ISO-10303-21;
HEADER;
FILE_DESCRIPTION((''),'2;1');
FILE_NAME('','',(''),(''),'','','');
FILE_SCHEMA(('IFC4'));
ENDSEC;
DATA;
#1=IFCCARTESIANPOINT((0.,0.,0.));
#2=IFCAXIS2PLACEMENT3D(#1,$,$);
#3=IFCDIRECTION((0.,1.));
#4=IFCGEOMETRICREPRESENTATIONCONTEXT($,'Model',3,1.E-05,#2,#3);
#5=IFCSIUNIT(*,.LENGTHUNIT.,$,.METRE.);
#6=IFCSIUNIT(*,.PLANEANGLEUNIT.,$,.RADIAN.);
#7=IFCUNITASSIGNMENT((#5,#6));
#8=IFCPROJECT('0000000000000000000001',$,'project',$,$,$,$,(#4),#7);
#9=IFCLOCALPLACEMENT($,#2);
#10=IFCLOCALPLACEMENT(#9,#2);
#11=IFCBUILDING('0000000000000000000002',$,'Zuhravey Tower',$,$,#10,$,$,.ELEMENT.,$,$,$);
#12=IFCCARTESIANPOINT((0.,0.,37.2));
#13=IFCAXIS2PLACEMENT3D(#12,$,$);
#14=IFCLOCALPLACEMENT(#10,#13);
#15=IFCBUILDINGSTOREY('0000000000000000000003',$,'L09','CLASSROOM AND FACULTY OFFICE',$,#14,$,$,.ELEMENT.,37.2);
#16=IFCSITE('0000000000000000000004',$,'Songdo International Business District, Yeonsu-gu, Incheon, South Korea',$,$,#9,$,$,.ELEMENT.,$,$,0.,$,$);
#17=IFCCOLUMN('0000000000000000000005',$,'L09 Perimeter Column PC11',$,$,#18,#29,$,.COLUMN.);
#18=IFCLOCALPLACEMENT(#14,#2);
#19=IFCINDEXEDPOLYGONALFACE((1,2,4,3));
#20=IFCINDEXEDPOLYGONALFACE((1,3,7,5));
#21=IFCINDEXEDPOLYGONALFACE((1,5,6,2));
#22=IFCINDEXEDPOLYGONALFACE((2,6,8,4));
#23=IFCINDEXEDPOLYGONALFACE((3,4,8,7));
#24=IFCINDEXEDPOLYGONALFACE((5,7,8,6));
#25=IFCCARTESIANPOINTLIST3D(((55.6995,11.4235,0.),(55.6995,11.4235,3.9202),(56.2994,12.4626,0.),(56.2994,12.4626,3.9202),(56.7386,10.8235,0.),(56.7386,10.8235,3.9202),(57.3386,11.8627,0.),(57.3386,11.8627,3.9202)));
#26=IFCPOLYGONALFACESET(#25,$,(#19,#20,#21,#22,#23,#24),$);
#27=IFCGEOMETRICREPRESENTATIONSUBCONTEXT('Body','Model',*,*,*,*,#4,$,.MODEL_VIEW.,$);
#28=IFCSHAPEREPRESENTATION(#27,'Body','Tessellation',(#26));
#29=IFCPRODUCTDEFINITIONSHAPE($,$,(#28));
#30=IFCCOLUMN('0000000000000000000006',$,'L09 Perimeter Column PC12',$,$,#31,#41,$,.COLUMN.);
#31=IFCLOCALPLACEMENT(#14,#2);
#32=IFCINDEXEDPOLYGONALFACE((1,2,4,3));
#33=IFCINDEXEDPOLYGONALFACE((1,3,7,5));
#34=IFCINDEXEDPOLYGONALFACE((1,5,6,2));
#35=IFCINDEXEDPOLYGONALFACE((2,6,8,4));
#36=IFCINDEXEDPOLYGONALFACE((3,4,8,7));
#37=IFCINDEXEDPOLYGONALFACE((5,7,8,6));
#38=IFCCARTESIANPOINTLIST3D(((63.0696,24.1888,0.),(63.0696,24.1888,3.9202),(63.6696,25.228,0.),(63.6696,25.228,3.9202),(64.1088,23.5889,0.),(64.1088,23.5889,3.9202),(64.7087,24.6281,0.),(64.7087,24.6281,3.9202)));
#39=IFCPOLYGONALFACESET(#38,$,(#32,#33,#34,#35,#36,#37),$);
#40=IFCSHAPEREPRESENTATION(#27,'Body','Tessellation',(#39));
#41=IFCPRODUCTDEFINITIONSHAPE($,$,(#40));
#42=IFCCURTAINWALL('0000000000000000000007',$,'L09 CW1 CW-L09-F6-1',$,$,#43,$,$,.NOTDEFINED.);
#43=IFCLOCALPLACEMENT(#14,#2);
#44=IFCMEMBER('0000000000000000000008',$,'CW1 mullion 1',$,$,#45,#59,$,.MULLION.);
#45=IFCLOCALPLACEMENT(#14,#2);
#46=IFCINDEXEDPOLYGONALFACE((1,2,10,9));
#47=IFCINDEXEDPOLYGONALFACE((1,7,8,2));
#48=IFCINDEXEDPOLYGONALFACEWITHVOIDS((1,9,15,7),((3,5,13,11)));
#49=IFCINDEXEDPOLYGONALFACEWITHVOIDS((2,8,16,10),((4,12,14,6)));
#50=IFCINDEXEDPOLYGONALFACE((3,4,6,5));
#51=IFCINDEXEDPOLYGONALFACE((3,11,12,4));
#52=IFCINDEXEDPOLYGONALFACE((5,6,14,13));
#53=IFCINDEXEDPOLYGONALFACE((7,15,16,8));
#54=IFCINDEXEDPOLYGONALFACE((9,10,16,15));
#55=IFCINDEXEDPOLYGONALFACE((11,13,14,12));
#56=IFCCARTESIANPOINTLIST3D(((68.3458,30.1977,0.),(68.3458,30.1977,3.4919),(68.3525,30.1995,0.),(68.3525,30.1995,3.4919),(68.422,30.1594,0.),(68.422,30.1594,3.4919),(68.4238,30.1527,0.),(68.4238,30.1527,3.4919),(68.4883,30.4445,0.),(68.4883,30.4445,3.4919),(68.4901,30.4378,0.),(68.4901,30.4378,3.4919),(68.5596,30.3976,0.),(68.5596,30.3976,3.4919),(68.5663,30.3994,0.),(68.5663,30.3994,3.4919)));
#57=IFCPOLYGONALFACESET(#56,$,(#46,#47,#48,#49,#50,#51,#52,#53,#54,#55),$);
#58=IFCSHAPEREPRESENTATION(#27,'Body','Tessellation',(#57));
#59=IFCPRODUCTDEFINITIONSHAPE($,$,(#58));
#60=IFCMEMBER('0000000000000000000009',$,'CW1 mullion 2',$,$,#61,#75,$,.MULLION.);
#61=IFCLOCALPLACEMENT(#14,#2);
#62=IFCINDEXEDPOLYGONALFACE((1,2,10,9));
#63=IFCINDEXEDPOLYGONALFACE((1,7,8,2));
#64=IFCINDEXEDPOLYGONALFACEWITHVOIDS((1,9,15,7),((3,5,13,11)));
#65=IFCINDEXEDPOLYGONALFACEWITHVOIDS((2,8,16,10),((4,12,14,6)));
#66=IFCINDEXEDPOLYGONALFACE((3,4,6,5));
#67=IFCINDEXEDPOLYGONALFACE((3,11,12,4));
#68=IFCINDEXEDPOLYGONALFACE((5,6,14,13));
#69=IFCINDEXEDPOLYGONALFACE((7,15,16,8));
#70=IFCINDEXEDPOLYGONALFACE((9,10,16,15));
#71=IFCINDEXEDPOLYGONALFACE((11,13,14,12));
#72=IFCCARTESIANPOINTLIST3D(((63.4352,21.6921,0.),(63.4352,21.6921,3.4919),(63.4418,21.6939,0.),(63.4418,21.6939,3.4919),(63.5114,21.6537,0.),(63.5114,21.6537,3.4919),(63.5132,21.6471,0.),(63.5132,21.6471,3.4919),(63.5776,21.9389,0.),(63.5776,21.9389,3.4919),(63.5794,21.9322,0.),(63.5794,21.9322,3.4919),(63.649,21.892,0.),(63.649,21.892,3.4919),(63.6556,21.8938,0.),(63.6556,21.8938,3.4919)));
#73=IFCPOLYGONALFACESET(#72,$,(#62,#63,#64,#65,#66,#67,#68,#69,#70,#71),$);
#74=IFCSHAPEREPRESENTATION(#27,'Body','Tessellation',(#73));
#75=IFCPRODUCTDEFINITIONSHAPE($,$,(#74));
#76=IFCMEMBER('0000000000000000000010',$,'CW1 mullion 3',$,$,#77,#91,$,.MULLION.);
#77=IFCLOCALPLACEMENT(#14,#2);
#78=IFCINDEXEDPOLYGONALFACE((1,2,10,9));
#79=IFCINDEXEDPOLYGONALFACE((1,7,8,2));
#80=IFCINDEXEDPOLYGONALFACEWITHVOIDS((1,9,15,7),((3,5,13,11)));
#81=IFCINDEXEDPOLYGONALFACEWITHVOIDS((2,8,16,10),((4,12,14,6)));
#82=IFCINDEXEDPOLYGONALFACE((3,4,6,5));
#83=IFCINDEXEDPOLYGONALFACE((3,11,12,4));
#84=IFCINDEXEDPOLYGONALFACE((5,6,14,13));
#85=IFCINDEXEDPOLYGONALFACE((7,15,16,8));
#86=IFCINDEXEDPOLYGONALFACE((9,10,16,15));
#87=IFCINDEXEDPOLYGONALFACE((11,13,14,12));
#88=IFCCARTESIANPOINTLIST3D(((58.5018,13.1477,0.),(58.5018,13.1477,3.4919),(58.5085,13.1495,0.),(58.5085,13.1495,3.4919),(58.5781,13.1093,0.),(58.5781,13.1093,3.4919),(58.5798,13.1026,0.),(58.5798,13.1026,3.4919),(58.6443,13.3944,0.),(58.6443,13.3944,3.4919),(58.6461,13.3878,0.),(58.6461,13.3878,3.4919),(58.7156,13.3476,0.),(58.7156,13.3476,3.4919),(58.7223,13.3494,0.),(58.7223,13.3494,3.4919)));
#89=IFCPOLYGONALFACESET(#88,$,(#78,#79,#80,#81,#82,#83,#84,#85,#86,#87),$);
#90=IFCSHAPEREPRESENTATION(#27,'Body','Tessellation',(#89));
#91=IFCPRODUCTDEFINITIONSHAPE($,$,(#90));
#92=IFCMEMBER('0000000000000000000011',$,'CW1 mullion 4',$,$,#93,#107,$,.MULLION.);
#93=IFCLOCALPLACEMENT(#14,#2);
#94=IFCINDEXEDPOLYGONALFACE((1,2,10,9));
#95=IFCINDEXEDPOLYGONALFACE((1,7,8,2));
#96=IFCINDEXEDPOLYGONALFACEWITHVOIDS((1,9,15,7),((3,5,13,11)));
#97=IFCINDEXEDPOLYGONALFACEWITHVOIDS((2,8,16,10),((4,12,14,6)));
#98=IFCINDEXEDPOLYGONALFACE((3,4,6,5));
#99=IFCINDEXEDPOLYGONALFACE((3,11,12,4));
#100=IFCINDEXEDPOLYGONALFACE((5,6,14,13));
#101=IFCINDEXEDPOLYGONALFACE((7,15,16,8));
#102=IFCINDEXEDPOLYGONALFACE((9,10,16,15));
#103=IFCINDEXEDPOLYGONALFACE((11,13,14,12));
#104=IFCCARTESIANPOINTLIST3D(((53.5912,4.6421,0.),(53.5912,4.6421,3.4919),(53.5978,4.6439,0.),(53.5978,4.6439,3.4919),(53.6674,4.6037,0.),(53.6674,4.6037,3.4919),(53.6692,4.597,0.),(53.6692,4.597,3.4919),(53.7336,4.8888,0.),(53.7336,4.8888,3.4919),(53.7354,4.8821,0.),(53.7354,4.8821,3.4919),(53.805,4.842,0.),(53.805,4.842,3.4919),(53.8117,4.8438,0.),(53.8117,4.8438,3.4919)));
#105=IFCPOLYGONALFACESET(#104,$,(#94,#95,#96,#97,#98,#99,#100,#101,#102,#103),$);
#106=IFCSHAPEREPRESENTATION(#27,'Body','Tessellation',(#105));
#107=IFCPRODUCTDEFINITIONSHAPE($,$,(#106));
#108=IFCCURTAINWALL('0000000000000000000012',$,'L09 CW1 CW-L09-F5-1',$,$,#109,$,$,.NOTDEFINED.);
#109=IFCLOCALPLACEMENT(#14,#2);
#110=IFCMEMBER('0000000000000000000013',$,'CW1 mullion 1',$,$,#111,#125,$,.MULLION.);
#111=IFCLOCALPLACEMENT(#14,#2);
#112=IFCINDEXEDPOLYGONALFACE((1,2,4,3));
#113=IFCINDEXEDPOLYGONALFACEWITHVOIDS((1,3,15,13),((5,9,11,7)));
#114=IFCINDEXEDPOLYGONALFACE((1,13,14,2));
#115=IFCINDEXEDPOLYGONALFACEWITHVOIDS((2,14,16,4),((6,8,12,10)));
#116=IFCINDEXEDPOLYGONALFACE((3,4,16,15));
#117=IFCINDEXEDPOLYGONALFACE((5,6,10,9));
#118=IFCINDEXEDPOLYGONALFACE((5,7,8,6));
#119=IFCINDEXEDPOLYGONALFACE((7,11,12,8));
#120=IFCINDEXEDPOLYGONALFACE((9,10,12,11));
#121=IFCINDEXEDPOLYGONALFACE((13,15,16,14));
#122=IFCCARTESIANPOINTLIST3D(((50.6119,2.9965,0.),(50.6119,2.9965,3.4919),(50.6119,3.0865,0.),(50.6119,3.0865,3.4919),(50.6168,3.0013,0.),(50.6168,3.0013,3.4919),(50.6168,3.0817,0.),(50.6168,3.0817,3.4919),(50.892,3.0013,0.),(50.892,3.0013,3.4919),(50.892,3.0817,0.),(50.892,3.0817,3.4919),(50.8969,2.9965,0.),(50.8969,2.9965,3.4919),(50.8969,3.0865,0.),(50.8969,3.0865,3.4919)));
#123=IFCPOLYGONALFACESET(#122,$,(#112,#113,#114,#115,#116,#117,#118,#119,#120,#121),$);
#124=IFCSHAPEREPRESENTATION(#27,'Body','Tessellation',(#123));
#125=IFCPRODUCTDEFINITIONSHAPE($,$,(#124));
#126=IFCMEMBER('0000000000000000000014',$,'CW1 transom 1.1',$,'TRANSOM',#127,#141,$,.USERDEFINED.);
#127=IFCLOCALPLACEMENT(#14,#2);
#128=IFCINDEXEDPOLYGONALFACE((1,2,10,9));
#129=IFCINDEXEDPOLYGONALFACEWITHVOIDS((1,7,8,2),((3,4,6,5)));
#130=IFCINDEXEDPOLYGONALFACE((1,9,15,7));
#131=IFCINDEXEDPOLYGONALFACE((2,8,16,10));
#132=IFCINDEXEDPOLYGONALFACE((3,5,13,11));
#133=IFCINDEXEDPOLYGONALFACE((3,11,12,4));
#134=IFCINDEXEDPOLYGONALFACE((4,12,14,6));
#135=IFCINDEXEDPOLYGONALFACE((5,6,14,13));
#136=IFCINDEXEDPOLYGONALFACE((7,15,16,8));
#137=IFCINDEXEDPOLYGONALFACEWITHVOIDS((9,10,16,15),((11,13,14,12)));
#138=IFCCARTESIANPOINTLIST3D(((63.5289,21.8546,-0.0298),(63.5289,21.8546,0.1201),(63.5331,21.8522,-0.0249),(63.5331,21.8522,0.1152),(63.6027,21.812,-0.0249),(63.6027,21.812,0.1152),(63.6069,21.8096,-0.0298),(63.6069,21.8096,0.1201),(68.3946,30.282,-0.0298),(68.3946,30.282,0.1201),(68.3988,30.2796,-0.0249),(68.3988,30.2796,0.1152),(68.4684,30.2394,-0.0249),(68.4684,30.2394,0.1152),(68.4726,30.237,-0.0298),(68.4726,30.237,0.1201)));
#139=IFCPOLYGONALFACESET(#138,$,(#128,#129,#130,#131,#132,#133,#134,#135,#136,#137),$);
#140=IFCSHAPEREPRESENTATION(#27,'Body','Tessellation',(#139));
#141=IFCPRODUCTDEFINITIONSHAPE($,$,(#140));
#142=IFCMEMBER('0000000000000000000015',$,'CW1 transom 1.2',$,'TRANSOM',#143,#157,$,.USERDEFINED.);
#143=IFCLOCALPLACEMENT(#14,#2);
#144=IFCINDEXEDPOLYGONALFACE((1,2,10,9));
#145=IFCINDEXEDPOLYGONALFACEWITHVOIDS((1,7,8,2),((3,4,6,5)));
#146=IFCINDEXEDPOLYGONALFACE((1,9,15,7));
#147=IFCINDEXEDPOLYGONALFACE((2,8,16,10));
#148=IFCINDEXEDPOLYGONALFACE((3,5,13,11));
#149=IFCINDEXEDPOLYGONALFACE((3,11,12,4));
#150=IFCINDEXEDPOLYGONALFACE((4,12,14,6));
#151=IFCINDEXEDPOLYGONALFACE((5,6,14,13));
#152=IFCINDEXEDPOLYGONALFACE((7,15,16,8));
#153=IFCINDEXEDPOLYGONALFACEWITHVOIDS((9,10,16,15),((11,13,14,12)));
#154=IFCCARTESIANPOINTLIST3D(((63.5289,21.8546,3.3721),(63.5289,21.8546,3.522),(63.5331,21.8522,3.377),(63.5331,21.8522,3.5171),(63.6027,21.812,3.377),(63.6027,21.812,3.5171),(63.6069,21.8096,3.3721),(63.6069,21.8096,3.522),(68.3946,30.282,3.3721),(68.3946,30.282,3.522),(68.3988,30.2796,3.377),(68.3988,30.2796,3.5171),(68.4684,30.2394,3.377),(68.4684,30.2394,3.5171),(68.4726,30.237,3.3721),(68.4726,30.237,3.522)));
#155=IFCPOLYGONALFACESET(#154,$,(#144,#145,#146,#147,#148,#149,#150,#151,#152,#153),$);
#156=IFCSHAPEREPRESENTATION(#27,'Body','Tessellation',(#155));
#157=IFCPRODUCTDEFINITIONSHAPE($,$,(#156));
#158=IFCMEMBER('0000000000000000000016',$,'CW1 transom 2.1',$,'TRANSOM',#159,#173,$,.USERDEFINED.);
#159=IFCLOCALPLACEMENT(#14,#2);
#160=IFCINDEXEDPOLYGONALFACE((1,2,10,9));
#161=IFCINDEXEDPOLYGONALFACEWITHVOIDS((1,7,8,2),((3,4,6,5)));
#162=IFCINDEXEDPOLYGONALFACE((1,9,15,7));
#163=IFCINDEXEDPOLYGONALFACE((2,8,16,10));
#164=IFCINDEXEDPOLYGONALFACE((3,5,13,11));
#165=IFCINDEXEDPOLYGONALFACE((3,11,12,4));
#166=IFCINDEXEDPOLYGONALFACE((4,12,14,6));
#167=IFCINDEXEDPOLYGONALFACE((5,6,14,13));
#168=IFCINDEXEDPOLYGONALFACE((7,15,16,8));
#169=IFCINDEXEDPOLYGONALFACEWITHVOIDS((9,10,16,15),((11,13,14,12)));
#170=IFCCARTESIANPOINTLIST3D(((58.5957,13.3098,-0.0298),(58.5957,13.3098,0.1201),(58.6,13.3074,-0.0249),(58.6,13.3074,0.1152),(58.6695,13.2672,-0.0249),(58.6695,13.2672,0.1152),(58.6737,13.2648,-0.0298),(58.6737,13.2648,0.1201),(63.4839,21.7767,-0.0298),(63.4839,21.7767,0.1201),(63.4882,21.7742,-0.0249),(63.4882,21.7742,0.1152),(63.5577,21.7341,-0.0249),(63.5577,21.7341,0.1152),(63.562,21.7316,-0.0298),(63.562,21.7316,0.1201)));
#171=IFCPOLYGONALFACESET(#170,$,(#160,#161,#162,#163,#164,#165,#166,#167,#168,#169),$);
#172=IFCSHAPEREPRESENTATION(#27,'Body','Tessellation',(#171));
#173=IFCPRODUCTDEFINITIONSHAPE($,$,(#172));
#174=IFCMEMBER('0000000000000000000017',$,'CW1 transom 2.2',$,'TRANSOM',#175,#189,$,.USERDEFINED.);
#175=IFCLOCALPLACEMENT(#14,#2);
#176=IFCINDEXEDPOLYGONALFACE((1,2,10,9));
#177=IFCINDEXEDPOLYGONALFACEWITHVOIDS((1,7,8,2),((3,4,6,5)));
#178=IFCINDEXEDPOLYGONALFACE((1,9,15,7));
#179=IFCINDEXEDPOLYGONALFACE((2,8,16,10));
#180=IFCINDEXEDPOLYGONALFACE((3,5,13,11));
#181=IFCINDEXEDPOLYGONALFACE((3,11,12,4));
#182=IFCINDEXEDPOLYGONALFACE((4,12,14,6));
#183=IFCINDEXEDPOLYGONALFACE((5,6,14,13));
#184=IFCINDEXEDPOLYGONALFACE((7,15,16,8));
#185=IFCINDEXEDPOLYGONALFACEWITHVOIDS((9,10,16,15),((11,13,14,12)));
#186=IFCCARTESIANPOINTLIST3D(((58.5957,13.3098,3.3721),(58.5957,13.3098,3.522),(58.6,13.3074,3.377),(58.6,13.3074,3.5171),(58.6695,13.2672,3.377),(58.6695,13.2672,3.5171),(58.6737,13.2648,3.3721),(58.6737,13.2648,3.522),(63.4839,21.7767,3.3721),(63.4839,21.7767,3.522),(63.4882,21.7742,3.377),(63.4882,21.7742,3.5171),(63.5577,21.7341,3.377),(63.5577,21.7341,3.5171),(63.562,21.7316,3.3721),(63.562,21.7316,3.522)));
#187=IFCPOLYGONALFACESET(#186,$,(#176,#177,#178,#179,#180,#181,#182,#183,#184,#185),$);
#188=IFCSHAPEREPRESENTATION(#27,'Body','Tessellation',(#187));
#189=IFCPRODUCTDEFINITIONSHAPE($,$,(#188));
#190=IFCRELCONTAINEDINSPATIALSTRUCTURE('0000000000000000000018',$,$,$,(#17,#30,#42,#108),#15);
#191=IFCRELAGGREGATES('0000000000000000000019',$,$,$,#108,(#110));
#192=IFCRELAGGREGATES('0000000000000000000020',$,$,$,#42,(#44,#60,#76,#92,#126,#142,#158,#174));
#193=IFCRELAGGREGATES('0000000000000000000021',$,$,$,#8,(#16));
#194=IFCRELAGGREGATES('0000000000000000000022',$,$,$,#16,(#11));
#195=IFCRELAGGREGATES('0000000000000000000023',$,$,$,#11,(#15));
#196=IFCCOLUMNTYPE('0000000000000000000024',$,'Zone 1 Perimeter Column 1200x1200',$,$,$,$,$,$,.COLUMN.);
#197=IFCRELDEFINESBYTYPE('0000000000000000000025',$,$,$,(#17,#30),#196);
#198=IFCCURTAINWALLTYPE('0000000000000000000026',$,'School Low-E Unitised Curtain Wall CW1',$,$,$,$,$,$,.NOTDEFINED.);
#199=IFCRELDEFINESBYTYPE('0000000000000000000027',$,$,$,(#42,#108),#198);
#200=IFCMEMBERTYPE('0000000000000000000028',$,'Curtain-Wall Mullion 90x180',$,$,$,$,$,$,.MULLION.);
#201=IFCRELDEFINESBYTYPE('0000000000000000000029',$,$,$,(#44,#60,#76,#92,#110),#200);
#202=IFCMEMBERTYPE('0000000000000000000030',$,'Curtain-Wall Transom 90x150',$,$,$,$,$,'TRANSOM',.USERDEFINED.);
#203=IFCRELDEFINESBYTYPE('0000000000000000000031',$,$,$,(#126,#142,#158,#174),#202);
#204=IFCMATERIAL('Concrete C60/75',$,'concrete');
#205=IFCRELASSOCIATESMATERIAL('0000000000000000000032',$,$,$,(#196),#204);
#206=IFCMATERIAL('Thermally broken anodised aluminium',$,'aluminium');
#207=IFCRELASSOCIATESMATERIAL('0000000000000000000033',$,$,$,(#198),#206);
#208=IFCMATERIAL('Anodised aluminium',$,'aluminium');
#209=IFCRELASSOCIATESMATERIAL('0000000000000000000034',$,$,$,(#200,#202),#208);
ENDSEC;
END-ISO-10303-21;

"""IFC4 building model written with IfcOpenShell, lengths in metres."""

from ifc_helpers import new_model, si_unit, direction, frame, origin, origin_2d, place, context, subcontext, project, spatial, rectangle, hollow_rectangle, extrude, material, material_profile, profile_set, type_object, element, aggregate, save


model = new_model("IFC4")

# Units and contexts
model_context = context("Model", 3, precision=1e-05, world=origin(), true_north=direction((0.0, 1.0)))
body_context = subcontext(model_context, "Body", "Model", "MODEL_VIEW")
ifc_project = project(units=[si_unit("LENGTHUNIT", "METRE"), si_unit("PLANEANGLEUNIT", "RADIAN")], contexts=[model_context])

# Site, building, storey
site_placement = place(None, origin())
site = spatial("IfcSite", under=ifc_project, at=site_placement, Name="Songdo International Business District, Yeonsu-gu, Incheon, South Korea", CompositionType="ELEMENT", RefElevation=0.0)
building_placement = place(site_placement, origin())
building = spatial("IfcBuilding", under=site, at=building_placement, Name="Zuhravey Tower", CompositionType="ELEMENT")
storey_placement = place(building_placement, frame((0.0, 0.0, 37.2)))
storey = spatial("IfcBuildingStorey", under=building, at=storey_placement, Name="L09", Description="CLASSROOM AND FACULTY OFFICE", CompositionType="ELEMENT", Elevation=37.2)

# Columns
ifc_material_1 = material(Name="Concrete C60/75", Category="concrete")
ifc_material_profile_1 = material_profile(ifc_material_1, rectangle(XDim=1.2, YDim=1.2, at=origin_2d()), Name="RC-1200x1200")
ifc_profile_set_1 = profile_set([ifc_material_profile_1], Name="Concrete C60/75")
column_type = type_object("IfcColumnType", Name="Zone 1 Perimeter Column 1200x1200", PredefinedType="COLUMN", material=ifc_profile_set_1)
for number, where, z_axis, x_axis, name in (
    (1, (56.519, 11.6431, 0.0), (0.0, 0.0, 1.0), (0.5, 0.866025, 0.0), "L09 Perimeter Column PC11"),
    (2, (63.8892, 24.4084, 0.0), (0.0, 0.0, 1.0), (0.5, 0.866025, 0.0), "L09 Perimeter Column PC12"),
):
    element("IfcColumn", number, at=place(storey_placement, frame(where, z_axis=z_axis, x_axis=x_axis)), inside=storey, type_object=column_type, Name=name, PredefinedType="COLUMN", context=body_context, shape_type="SweptSolid", body=[
        extrude(rectangle(XDim=1.2, YDim=1.2, at=origin_2d()), origin(), (0.0, 0.0, 1.0), 3.9202),
    ])

# Curtain wall, members
ifc_material_2 = material(Name="Thermally broken anodised aluminium", Category="aluminium")
curtain_wall_type = type_object("IfcCurtainWallType", Name="School Low-E Unitised Curtain Wall CW1", PredefinedType="NOTDEFINED", material=ifc_material_2)
curtain_wall_1_placement = place(storey_placement, origin())
curtain_wall_1 = element("IfcCurtainWall", 3, at=curtain_wall_1_placement, inside=storey, type_object=curtain_wall_type, Name="L09 CW1 CW-L09-F6-1", PredefinedType="NOTDEFINED")
ifc_material_3 = material(Name="Anodised aluminium", Category="aluminium")
ifc_material_profile_2 = material_profile(ifc_material_3, hollow_rectangle(XDim=0.0901, YDim=0.2849, WallThickness=0.0049, at=origin_2d()), Name="ALU-RHS-90x285x5")
ifc_profile_set_2 = profile_set([ifc_material_profile_2], Name="Anodised aluminium")
member_type_1 = type_object("IfcMemberType", Name="Curtain-Wall Mullion 90x180", PredefinedType="MULLION", material=ifc_profile_set_2)
member_1_placement = place(storey_placement, frame((68.4561, 30.2986, 0.0), z_axis=(0.0, 0.0, 1.0), x_axis=(0.866026, -0.5, 0.0)))
member_1 = element("IfcMember", 4, at=member_1_placement, type_object=member_type_1, Name="CW1 mullion 1", PredefinedType="MULLION", context=body_context, shape_type="SweptSolid", body=[
    extrude(hollow_rectangle(XDim=0.0901, YDim=0.2849, WallThickness=0.0049, at=origin_2d()), origin(), (0.0, 0.0, 1.0), 3.4919),
])
member_2_placement = place(storey_placement, frame((63.5454, 21.793, 0.0), z_axis=(0.0, 0.0, 1.0), x_axis=(0.866026, -0.5, 0.0)))
member_2 = element("IfcMember", 5, at=member_2_placement, type_object=member_type_1, Name="CW1 mullion 2", PredefinedType="MULLION", context=body_context, shape_type="SweptSolid", body=[
    extrude(hollow_rectangle(XDim=0.0901, YDim=0.2849, WallThickness=0.0049, at=origin_2d()), origin(), (0.0, 0.0, 1.0), 3.4919),
])
member_3_placement = place(storey_placement, frame((58.6121, 13.2485, 0.0), z_axis=(0.0, 0.0, 1.0), x_axis=(0.866026, -0.5, 0.0)))
member_3 = element("IfcMember", 6, at=member_3_placement, type_object=member_type_1, Name="CW1 mullion 3", PredefinedType="MULLION", context=body_context, shape_type="SweptSolid", body=[
    extrude(hollow_rectangle(XDim=0.0901, YDim=0.2849, WallThickness=0.0049, at=origin_2d()), origin(), (0.0, 0.0, 1.0), 3.4919),
])
member_4_placement = place(storey_placement, frame((53.7014, 4.7429, 0.0), z_axis=(0.0, 0.0, 1.0), x_axis=(0.866026, -0.5, 0.0)))
member_4 = element("IfcMember", 7, at=member_4_placement, type_object=member_type_1, Name="CW1 mullion 4", PredefinedType="MULLION", context=body_context, shape_type="SweptSolid", body=[
    extrude(hollow_rectangle(XDim=0.0901, YDim=0.2849, WallThickness=0.0049, at=origin_2d()), origin(), (0.0, 0.0, 1.0), 3.4919),
])

# Curtain wall, member
curtain_wall_2_placement = place(storey_placement, origin())
curtain_wall_2 = element("IfcCurtainWall", 8, at=curtain_wall_2_placement, inside=storey, type_object=curtain_wall_type, Name="L09 CW1 CW-L09-F5-1", PredefinedType="NOTDEFINED")
member_5_placement = place(storey_placement, frame((50.7544, 3.0415, 0.0), z_axis=(0.0, 0.0, 1.0), x_axis=(0.0, -1.0, 0.0)))
member_5 = element("IfcMember", 9, at=member_5_placement, type_object=member_type_1, Name="CW1 mullion 1", PredefinedType="MULLION", context=body_context, shape_type="SweptSolid", body=[
    extrude(hollow_rectangle(XDim=0.0901, YDim=0.2849, WallThickness=0.0049, at=origin_2d()), origin(), (0.0, 0.0, 1.0), 3.4919),
])

# Members
ifc_material_profile_3 = material_profile(ifc_material_3, hollow_rectangle(XDim=0.0901, YDim=0.1499, WallThickness=0.0049, at=origin_2d()), Name="ALU-RHS-90x150x5")
ifc_profile_set_3 = profile_set([ifc_material_profile_3], Name="Anodised aluminium")
member_type_2 = type_object("IfcMemberType", Name="Curtain-Wall Transom 90x150", ElementType="TRANSOM", PredefinedType="USERDEFINED", material=ifc_profile_set_3)
member_6_placement = place(storey_placement, frame((68.4336, 30.2595, 0.0452), z_axis=(-0.500008, -0.866021, 0.0), x_axis=(0.866021, -0.500008, 0.0)))
member_6 = element("IfcMember", 10, at=member_6_placement, type_object=member_type_2, Name="CW1 transom 1.1", ObjectType="TRANSOM", PredefinedType="USERDEFINED", context=body_context, shape_type="SweptSolid", body=[
    extrude(hollow_rectangle(XDim=0.0901, YDim=0.1499, WallThickness=0.0049, at=origin_2d()), origin(), (0.0, 0.0, 1.0), 9.7312),
])
member_7_placement = place(storey_placement, frame((68.4336, 30.2595, 3.447), z_axis=(-0.500008, -0.866021, 0.0), x_axis=(0.866021, -0.500008, 0.0)))
member_7 = element("IfcMember", 11, at=member_7_placement, type_object=member_type_2, Name="CW1 transom 1.2", ObjectType="TRANSOM", PredefinedType="USERDEFINED", context=body_context, shape_type="SweptSolid", body=[
    extrude(hollow_rectangle(XDim=0.0901, YDim=0.1499, WallThickness=0.0049, at=origin_2d()), origin(), (0.0, 0.0, 1.0), 9.7312),
])
member_8_placement = place(storey_placement, frame((63.5229, 21.7542, 0.0452), z_axis=(-0.49999, -0.866031, 0.0), x_axis=(0.866031, -0.49999, 0.0)))
member_8 = element("IfcMember", 12, at=member_8_placement, type_object=member_type_2, Name="CW1 transom 2.1", ObjectType="TRANSOM", PredefinedType="USERDEFINED", context=body_context, shape_type="SweptSolid", body=[
    extrude(hollow_rectangle(XDim=0.0901, YDim=0.1499, WallThickness=0.0049, at=origin_2d()), origin(), (0.0, 0.0, 1.0), 9.7766),
])
member_9_placement = place(storey_placement, frame((63.5229, 21.7542, 3.447), z_axis=(-0.49999, -0.866031, 0.0), x_axis=(0.866031, -0.49999, 0.0)))
member_9 = element("IfcMember", 13, at=member_9_placement, type_object=member_type_2, Name="CW1 transom 2.2", ObjectType="TRANSOM", PredefinedType="USERDEFINED", context=body_context, shape_type="SweptSolid", body=[
    extrude(hollow_rectangle(XDim=0.0901, YDim=0.1499, WallThickness=0.0049, at=origin_2d()), origin(), (0.0, 0.0, 1.0), 9.7766),
])
aggregate(curtain_wall_2, [member_5])

aggregate(curtain_wall_1, [member_1, member_2, member_3, member_4, member_6, member_7, member_8, member_9])

save(model, "model.ifc")
